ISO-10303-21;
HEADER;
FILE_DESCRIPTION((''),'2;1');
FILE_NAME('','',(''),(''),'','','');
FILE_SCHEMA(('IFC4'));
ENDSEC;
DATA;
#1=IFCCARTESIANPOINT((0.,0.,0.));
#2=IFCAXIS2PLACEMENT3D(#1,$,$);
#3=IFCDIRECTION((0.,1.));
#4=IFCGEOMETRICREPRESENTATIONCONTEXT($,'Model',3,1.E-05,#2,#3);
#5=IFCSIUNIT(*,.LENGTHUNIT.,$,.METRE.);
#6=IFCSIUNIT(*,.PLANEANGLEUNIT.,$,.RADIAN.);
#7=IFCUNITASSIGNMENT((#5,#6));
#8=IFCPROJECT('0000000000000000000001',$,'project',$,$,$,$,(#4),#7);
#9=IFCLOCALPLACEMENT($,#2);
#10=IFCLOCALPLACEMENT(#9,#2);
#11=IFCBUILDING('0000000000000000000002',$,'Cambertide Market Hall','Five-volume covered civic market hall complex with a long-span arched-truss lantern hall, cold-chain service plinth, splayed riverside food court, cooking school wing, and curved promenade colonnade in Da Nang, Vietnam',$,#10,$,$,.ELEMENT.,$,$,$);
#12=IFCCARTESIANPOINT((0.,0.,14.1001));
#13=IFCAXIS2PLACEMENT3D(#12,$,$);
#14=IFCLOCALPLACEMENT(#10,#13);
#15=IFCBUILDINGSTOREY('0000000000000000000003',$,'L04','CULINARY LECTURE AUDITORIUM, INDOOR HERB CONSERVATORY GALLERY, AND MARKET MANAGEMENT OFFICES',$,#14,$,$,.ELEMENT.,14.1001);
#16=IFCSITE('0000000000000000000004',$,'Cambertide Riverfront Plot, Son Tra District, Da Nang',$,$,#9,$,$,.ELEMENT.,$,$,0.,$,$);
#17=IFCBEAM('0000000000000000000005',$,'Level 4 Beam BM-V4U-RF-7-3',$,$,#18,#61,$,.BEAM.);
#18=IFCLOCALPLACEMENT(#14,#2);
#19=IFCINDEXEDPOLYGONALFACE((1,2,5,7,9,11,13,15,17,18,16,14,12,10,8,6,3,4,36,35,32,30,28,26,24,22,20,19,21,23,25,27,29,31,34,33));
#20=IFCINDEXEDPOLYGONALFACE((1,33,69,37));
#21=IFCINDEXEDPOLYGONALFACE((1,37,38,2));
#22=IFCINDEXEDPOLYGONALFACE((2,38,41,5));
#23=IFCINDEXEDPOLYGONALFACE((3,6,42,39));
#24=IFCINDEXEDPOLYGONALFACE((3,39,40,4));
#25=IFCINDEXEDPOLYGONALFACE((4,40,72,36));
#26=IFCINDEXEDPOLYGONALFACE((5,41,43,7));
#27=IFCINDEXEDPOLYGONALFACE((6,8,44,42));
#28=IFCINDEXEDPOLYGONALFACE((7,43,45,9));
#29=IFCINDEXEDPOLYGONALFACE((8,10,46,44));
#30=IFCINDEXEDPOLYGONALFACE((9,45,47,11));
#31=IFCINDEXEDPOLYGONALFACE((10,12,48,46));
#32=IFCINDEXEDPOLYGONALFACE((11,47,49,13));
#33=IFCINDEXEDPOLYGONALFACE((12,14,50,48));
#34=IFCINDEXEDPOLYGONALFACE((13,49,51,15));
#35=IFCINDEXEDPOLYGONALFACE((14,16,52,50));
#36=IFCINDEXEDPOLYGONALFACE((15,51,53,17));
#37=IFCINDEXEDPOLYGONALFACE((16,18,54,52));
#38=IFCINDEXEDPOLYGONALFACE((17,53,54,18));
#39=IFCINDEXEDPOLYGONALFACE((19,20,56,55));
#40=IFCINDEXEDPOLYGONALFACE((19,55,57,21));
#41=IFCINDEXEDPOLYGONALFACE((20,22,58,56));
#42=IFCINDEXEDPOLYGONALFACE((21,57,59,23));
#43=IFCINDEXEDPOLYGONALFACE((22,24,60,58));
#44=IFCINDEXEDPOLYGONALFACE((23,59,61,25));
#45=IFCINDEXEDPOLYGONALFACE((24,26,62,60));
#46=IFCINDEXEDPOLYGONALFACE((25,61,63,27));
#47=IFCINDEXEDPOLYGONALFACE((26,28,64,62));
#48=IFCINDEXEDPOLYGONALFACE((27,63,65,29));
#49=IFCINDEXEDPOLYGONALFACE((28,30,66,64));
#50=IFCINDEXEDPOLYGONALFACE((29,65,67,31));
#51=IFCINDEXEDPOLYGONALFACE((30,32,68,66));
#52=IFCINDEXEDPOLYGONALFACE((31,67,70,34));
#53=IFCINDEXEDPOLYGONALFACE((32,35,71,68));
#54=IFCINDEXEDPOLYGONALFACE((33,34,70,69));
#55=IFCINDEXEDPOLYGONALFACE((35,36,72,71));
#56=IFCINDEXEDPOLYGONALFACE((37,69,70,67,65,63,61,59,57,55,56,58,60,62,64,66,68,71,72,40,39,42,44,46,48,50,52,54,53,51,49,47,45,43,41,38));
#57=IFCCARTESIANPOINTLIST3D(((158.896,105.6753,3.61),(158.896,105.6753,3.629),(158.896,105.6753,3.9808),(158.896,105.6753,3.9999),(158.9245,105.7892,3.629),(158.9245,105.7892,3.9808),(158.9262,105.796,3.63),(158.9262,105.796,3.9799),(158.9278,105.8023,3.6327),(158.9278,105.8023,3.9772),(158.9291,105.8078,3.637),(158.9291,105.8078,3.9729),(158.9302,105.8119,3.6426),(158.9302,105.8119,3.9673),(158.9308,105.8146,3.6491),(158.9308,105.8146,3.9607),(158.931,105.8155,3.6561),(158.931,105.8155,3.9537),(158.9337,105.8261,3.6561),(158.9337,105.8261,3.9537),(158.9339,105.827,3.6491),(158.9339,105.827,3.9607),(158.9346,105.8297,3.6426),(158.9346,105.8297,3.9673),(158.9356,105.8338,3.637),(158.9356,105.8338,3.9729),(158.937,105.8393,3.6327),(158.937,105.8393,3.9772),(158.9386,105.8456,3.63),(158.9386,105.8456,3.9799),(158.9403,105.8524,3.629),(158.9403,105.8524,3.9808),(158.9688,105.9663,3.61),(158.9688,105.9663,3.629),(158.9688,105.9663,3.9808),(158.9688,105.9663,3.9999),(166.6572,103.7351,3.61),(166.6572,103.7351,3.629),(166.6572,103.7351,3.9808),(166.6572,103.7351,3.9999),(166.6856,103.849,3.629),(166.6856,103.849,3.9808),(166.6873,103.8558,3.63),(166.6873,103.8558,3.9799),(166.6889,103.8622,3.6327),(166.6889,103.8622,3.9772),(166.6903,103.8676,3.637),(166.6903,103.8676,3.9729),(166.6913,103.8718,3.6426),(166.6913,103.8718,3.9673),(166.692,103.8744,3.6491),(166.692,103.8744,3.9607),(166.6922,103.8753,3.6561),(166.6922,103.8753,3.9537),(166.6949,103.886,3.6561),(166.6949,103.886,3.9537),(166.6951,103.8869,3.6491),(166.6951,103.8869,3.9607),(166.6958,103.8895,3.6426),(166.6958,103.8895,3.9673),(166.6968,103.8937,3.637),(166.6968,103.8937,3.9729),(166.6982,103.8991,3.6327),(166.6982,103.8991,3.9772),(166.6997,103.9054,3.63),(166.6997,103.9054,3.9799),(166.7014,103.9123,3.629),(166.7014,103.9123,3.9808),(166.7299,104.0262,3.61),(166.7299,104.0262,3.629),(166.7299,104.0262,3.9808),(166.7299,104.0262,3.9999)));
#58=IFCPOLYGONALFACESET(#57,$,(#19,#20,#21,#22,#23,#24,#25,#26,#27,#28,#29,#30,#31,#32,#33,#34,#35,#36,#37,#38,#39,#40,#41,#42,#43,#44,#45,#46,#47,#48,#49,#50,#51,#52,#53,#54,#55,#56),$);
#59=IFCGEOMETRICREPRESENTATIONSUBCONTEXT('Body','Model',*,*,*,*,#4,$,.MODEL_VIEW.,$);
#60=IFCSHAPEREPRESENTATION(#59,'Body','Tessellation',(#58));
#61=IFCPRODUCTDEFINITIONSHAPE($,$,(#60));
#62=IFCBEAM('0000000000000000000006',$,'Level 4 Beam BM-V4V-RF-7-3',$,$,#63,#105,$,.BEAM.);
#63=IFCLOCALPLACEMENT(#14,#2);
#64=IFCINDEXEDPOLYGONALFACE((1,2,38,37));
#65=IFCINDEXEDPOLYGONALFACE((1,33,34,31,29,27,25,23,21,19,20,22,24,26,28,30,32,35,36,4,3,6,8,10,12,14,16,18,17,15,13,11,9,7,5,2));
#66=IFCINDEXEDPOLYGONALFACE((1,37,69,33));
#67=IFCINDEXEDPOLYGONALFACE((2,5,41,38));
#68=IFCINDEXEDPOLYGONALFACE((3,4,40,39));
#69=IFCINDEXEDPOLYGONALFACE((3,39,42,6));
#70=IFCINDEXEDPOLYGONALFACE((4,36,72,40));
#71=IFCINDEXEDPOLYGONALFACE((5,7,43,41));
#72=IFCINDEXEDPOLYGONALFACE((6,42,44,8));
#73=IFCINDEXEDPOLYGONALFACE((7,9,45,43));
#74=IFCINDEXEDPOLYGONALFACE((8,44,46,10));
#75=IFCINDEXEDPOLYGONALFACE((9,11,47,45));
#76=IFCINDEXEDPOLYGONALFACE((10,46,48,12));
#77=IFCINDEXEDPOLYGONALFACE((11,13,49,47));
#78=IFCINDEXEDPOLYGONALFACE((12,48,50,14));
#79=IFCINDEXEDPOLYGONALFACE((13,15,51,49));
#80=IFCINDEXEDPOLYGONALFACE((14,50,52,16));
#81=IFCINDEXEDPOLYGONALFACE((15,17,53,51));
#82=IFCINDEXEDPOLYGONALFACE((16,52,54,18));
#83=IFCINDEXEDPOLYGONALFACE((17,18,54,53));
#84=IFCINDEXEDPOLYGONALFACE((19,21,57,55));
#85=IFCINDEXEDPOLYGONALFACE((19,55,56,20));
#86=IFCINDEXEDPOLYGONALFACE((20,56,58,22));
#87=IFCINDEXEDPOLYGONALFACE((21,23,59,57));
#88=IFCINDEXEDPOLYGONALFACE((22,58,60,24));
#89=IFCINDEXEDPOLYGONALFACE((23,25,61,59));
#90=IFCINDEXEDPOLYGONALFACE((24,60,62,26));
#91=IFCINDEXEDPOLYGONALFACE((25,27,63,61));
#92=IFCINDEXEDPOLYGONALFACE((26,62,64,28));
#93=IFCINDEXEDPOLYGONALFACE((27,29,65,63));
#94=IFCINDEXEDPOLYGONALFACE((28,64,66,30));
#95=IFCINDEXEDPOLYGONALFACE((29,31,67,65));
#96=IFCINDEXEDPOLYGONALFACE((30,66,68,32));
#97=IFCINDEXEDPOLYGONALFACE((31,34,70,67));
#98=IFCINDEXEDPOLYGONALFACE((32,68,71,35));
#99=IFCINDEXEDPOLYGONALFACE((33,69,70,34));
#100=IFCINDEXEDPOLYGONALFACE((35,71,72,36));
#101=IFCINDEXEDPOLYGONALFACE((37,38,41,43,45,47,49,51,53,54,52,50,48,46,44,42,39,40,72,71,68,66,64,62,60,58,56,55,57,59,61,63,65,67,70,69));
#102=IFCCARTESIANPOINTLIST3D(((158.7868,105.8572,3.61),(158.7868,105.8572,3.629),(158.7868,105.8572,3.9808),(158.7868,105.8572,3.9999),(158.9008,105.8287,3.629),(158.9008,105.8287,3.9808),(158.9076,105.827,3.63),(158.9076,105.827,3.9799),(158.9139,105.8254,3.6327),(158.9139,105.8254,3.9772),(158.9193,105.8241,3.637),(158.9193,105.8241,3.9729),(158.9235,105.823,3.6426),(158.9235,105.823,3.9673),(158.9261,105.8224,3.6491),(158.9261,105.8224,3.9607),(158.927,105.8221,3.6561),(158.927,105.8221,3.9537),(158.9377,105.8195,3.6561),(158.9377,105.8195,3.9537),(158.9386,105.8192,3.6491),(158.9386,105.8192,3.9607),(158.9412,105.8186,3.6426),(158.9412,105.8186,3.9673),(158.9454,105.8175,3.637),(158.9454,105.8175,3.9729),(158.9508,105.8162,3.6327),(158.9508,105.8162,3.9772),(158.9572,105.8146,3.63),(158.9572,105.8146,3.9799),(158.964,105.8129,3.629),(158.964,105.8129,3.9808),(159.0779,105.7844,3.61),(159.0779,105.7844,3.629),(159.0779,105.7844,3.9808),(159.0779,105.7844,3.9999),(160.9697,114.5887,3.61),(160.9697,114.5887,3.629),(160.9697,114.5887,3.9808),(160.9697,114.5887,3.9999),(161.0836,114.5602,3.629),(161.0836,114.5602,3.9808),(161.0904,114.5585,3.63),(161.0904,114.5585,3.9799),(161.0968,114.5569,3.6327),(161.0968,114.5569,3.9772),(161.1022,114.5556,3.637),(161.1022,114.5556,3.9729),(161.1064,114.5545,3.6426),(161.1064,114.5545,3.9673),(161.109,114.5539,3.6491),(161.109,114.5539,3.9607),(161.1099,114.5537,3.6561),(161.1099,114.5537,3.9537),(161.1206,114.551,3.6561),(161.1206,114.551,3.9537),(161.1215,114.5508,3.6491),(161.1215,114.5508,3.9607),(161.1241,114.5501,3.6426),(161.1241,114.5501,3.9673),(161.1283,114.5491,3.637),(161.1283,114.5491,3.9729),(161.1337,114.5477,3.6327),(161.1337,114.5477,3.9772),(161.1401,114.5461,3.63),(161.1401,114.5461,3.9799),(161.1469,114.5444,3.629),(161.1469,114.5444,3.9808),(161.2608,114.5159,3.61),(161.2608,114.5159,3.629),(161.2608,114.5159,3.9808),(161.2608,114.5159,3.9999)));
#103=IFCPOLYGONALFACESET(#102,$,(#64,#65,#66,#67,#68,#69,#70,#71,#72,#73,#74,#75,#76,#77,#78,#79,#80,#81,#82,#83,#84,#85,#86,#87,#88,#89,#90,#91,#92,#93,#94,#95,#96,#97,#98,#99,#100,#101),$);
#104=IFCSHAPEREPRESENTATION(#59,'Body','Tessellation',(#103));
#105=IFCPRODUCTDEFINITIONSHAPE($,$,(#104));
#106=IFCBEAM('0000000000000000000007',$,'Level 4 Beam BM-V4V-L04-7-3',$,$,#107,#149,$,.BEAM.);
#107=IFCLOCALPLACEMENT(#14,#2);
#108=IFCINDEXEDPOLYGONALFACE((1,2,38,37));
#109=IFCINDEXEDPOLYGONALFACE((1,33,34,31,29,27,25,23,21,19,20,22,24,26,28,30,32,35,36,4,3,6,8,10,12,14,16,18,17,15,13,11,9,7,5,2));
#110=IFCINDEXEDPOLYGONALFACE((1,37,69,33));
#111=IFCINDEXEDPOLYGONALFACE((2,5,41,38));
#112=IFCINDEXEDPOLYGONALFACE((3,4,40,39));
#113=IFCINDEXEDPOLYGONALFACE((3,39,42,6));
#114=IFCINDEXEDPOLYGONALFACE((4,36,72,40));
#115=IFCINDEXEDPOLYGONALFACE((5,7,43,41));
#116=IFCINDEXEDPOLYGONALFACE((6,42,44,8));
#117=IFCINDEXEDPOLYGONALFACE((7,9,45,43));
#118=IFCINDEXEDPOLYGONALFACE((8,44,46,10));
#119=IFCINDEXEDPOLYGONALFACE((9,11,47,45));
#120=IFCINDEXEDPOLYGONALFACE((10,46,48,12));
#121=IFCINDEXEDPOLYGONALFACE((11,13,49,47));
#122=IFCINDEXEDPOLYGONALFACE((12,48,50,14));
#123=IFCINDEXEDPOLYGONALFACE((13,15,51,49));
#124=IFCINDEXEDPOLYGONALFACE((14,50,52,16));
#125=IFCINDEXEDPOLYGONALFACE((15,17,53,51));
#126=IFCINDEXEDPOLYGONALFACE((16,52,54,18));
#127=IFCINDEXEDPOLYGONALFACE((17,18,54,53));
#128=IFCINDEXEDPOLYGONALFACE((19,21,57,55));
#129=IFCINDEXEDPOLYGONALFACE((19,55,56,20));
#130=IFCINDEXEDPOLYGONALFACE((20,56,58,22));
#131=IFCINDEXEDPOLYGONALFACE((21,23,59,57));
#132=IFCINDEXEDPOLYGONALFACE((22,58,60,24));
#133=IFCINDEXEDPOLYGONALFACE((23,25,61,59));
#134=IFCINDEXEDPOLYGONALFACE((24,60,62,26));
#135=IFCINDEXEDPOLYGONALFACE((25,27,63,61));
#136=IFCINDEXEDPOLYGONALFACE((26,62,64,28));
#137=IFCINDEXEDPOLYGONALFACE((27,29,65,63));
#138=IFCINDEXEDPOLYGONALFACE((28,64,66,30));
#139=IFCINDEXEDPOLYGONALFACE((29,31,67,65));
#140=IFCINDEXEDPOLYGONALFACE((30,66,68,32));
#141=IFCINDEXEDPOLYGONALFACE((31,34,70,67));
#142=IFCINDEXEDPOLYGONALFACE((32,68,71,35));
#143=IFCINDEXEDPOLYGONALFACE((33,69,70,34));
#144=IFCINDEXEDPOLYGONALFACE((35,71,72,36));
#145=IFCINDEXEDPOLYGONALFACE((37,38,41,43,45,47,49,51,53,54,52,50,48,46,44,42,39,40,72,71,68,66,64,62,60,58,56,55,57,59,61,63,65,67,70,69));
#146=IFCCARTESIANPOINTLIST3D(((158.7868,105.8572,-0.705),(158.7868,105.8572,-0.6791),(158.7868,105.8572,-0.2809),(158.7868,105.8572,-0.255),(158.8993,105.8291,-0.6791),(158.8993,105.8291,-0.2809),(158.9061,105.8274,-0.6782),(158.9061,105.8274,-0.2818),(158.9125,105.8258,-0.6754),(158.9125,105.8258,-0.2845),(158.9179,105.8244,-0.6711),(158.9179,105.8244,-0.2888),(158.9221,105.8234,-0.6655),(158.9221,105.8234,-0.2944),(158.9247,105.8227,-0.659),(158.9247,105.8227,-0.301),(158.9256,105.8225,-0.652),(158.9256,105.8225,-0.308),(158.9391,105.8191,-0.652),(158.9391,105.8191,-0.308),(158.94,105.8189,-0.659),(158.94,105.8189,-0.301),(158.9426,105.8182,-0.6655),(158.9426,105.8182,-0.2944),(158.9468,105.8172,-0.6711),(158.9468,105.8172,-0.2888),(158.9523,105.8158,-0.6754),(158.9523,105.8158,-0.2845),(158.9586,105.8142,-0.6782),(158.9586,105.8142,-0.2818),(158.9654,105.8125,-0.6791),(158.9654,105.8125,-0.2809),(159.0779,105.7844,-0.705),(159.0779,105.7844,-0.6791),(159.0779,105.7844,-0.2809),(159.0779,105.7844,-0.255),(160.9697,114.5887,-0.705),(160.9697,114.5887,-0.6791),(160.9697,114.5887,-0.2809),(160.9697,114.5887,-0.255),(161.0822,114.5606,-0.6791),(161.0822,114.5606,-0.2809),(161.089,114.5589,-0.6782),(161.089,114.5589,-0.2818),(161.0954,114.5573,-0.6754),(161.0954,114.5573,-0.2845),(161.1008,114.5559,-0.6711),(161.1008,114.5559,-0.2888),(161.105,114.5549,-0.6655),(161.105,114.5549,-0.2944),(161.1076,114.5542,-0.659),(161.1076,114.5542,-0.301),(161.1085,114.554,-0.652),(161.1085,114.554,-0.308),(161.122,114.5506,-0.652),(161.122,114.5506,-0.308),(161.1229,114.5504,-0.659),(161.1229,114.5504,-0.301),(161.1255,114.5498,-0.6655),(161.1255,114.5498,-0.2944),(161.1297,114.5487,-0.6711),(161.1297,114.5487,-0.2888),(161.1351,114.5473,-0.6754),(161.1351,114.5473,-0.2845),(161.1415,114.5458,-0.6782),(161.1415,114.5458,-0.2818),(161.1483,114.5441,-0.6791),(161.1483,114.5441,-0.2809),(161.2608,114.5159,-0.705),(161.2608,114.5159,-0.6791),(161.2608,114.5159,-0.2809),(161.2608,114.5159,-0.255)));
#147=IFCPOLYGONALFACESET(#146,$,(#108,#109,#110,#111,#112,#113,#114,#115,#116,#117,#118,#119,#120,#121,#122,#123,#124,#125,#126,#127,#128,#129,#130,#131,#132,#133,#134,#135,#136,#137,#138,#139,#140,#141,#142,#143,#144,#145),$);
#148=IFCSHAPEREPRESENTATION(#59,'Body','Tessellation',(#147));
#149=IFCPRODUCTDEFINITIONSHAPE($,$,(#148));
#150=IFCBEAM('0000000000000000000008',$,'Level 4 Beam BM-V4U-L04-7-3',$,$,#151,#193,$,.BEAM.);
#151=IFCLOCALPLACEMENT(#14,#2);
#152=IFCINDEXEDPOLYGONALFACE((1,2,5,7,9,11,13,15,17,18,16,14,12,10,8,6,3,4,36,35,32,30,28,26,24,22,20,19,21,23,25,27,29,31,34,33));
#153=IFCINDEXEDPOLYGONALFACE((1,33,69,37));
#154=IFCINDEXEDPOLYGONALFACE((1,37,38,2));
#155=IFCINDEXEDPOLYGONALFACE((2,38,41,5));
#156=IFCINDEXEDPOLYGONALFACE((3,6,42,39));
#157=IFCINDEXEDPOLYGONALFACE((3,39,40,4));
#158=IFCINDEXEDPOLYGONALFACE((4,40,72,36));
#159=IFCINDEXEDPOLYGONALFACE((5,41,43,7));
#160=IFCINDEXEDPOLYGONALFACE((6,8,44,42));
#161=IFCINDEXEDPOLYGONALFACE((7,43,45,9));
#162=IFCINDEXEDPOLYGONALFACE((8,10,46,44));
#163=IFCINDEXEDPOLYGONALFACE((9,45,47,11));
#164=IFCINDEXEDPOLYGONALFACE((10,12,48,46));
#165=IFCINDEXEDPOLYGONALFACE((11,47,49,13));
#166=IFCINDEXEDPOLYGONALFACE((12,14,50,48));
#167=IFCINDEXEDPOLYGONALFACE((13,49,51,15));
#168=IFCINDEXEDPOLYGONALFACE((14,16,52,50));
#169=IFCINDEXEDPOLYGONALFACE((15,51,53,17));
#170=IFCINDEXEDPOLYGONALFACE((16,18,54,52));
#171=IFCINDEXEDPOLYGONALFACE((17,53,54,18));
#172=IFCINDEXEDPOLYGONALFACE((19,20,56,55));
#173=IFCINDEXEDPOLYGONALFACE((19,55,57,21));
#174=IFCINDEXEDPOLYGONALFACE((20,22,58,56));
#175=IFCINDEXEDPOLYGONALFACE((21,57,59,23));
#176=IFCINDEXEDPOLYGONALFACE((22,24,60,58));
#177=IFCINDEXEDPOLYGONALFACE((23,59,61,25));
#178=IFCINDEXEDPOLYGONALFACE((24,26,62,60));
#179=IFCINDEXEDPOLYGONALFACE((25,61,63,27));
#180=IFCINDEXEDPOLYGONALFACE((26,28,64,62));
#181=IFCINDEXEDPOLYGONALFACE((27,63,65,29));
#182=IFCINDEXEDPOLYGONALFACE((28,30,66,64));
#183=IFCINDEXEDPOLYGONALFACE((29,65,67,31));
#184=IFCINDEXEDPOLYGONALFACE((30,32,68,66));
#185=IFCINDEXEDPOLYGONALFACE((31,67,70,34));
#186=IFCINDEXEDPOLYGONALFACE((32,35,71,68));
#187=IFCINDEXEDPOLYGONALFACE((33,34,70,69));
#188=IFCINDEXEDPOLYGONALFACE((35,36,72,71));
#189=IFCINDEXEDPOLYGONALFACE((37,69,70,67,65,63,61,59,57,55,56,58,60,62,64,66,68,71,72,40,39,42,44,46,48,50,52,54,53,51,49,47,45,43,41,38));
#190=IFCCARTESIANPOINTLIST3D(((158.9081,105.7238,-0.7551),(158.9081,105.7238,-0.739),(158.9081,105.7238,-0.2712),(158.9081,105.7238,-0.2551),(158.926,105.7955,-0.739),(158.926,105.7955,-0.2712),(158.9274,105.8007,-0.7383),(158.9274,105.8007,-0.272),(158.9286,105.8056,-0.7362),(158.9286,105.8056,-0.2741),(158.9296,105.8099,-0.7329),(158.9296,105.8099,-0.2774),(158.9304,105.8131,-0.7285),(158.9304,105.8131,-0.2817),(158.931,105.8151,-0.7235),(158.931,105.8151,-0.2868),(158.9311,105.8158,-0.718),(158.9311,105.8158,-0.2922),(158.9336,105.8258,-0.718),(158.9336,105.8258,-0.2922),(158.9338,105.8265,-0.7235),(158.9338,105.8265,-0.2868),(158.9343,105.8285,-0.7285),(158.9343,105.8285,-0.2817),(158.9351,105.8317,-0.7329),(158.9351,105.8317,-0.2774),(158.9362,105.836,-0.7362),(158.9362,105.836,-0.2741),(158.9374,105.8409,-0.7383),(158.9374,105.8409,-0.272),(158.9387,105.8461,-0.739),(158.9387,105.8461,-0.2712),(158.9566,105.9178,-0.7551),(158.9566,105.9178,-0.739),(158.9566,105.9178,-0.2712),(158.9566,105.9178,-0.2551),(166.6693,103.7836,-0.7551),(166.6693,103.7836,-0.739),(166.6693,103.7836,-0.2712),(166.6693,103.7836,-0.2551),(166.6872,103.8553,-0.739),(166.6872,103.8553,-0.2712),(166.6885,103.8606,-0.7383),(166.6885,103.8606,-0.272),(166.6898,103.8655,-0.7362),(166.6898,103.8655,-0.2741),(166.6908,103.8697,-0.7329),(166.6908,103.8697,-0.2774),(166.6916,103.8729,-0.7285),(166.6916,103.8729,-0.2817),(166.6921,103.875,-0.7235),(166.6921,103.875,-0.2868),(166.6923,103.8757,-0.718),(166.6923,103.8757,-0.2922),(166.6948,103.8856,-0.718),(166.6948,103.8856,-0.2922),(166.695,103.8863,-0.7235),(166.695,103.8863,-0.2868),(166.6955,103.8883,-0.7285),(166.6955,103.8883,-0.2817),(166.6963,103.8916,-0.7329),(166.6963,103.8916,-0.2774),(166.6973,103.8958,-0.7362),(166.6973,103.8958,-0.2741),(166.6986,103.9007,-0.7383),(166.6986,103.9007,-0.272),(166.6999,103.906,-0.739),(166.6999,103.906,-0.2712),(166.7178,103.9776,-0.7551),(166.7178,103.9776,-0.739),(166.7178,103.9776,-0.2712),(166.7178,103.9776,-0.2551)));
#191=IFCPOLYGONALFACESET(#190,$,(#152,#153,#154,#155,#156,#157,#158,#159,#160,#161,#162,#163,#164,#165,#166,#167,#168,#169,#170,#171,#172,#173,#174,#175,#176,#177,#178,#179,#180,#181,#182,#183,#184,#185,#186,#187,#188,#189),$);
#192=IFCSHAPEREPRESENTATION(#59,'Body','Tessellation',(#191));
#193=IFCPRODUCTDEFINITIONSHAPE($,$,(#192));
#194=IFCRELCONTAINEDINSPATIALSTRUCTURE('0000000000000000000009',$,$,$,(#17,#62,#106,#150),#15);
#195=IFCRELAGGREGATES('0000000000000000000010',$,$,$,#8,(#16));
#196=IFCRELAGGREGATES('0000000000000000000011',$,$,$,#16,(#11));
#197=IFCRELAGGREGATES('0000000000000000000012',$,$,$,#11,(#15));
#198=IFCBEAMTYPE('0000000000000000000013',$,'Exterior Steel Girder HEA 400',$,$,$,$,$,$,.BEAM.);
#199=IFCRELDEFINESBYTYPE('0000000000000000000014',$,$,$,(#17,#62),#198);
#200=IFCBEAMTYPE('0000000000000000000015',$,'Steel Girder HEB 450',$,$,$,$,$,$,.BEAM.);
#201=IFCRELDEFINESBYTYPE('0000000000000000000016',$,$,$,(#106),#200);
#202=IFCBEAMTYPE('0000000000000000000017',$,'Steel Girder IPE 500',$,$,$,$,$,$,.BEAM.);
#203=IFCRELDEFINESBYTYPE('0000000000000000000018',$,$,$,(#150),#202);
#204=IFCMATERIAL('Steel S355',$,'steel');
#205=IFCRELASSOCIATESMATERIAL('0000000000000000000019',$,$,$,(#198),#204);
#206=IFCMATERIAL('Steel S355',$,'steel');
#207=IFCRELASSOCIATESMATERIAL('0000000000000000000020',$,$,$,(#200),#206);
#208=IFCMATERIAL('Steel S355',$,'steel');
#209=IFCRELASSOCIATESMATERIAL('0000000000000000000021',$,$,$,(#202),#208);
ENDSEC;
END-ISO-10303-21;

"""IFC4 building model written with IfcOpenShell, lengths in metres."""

from ifc_helpers import new_model, si_unit, direction, frame, origin, origin_2d, place, context, subcontext, project, spatial, i_section, extrude, material, material_profile, profile_set, type_object, element, save


model = new_model("IFC4")

# Units and contexts
model_context = context("Model", 3, precision=1e-05, world=origin(), true_north=direction((0.0, 1.0)))
body_context = subcontext(model_context, "Body", "Model", "MODEL_VIEW")
ifc_project = project(units=[si_unit("LENGTHUNIT", "METRE"), si_unit("PLANEANGLEUNIT", "RADIAN")], contexts=[model_context])

# Site, building, storey
site_placement = place(None, origin())
site = spatial("IfcSite", under=ifc_project, at=site_placement, Name="Cambertide Riverfront Plot, Son Tra District, Da Nang", CompositionType="ELEMENT", RefElevation=0.0)
building_placement = place(site_placement, origin())
building = spatial("IfcBuilding", under=site, at=building_placement, Name="Cambertide Market Hall", Description="Five-volume covered civic market hall complex with a long-span arched-truss lantern hall, cold-chain service plinth, splayed riverside food court, cooking school wing, and curved promenade colonnade in Da Nang, Vietnam", CompositionType="ELEMENT")
storey_placement = place(building_placement, frame((0.0, 0.0, 14.1001)))
storey = spatial("IfcBuildingStorey", under=building, at=storey_placement, Name="L04", Description="CULINARY LECTURE AUDITORIUM, INDOOR HERB CONSERVATORY GALLERY, AND MARKET MANAGEMENT OFFICES", CompositionType="ELEMENT", Elevation=14.1001)

# Beams
ifc_material_1 = material(Name="Steel S355", Category="steel")
ifc_material_profile_1 = material_profile(ifc_material_1, i_section(OverallWidth=0.3, OverallDepth=0.3899, WebThickness=0.011, FlangeThickness=0.019, FilletRadius=0.0271, at=origin_2d()), Name="HEA 400")
ifc_profile_set_1 = profile_set([ifc_material_profile_1], Name="Steel S355")
beam_type_1 = type_object("IfcBeamType", Name="Exterior Steel Girder HEA 400", PredefinedType="BEAM", material=ifc_profile_set_1)
beam_1_placement = place(storey_placement, frame((158.9324, 105.8208, 3.8049), z_axis=(0.970146, -0.242521, 0.0), x_axis=(0.242521, 0.970146, 0.0)))
element("IfcBeam", 1, at=beam_1_placement, inside=storey, type_object=beam_type_1, Name="Level 4 Beam BM-V4U-RF-7-3", PredefinedType="BEAM", context=body_context, shape_type="SweptSolid", body=[
    extrude(i_section(OverallWidth=0.3, OverallDepth=0.3899, WebThickness=0.011, FlangeThickness=0.019, FilletRadius=0.0271, at=origin_2d()), origin(), (0.0, 0.0, 1.0), 8.0),
])
beam_2_placement = place(storey_placement, frame((158.9324, 105.8208, 3.8049), z_axis=(0.242536, 0.970143, 0.0), x_axis=(-0.970143, 0.242536, 0.0)))
element("IfcBeam", 2, at=beam_2_placement, inside=storey, type_object=beam_type_1, Name="Level 4 Beam BM-V4V-RF-7-3", PredefinedType="BEAM", context=body_context, shape_type="SweptSolid", body=[
    extrude(i_section(OverallWidth=0.3, OverallDepth=0.3899, WebThickness=0.011, FlangeThickness=0.019, FilletRadius=0.0271, at=origin_2d()), origin(), (0.0, 0.0, 1.0), 9.0002),
])
ifc_material_2 = material(Name="Steel S355", Category="steel")
ifc_material_profile_2 = material_profile(ifc_material_2, i_section(OverallWidth=0.3, OverallDepth=0.45, WebThickness=0.0139, FlangeThickness=0.0259, FilletRadius=0.0271, at=origin_2d()), Name="HEB 450")
ifc_profile_set_2 = profile_set([ifc_material_profile_2], Name="Steel S355")
beam_type_2 = type_object("IfcBeamType", Name="Steel Girder HEB 450", PredefinedType="BEAM", material=ifc_profile_set_2)
beam_3_placement = place(storey_placement, frame((158.9324, 105.8208, -0.48), z_axis=(0.242536, 0.970143, 0.0), x_axis=(-0.970143, 0.242536, 0.0)))
element("IfcBeam", 3, at=beam_3_placement, inside=storey, type_object=beam_type_2, Name="Level 4 Beam BM-V4V-L04-7-3", PredefinedType="BEAM", context=body_context, shape_type="SweptSolid", body=[
    extrude(i_section(OverallWidth=0.3, OverallDepth=0.45, WebThickness=0.0139, FlangeThickness=0.0259, FilletRadius=0.0271, at=origin_2d()), origin(), (0.0, 0.0, 1.0), 9.0002),
])
ifc_material_3 = material(Name="Steel S355", Category="steel")
ifc_material_profile_3 = material_profile(ifc_material_3, i_section(OverallWidth=0.2, OverallDepth=0.5, WebThickness=0.0103, FlangeThickness=0.0161, FilletRadius=0.021, at=origin_2d()), Name="IPE 500")
ifc_profile_set_3 = profile_set([ifc_material_profile_3], Name="Steel S355")
beam_type_3 = type_object("IfcBeamType", Name="Steel Girder IPE 500", PredefinedType="BEAM", material=ifc_profile_set_3)
beam_4_placement = place(storey_placement, frame((158.9324, 105.8208, -0.5051), z_axis=(0.970146, -0.242521, 0.0), x_axis=(0.242521, 0.970146, 0.0)))
element("IfcBeam", 4, at=beam_4_placement, inside=storey, type_object=beam_type_3, Name="Level 4 Beam BM-V4U-L04-7-3", PredefinedType="BEAM", context=body_context, shape_type="SweptSolid", body=[
    extrude(i_section(OverallWidth=0.2, OverallDepth=0.5, WebThickness=0.0103, FlangeThickness=0.0161, FilletRadius=0.021, at=origin_2d()), origin(), (0.0, 0.0, 1.0), 8.0),
])

save(model, "model.ifc")
